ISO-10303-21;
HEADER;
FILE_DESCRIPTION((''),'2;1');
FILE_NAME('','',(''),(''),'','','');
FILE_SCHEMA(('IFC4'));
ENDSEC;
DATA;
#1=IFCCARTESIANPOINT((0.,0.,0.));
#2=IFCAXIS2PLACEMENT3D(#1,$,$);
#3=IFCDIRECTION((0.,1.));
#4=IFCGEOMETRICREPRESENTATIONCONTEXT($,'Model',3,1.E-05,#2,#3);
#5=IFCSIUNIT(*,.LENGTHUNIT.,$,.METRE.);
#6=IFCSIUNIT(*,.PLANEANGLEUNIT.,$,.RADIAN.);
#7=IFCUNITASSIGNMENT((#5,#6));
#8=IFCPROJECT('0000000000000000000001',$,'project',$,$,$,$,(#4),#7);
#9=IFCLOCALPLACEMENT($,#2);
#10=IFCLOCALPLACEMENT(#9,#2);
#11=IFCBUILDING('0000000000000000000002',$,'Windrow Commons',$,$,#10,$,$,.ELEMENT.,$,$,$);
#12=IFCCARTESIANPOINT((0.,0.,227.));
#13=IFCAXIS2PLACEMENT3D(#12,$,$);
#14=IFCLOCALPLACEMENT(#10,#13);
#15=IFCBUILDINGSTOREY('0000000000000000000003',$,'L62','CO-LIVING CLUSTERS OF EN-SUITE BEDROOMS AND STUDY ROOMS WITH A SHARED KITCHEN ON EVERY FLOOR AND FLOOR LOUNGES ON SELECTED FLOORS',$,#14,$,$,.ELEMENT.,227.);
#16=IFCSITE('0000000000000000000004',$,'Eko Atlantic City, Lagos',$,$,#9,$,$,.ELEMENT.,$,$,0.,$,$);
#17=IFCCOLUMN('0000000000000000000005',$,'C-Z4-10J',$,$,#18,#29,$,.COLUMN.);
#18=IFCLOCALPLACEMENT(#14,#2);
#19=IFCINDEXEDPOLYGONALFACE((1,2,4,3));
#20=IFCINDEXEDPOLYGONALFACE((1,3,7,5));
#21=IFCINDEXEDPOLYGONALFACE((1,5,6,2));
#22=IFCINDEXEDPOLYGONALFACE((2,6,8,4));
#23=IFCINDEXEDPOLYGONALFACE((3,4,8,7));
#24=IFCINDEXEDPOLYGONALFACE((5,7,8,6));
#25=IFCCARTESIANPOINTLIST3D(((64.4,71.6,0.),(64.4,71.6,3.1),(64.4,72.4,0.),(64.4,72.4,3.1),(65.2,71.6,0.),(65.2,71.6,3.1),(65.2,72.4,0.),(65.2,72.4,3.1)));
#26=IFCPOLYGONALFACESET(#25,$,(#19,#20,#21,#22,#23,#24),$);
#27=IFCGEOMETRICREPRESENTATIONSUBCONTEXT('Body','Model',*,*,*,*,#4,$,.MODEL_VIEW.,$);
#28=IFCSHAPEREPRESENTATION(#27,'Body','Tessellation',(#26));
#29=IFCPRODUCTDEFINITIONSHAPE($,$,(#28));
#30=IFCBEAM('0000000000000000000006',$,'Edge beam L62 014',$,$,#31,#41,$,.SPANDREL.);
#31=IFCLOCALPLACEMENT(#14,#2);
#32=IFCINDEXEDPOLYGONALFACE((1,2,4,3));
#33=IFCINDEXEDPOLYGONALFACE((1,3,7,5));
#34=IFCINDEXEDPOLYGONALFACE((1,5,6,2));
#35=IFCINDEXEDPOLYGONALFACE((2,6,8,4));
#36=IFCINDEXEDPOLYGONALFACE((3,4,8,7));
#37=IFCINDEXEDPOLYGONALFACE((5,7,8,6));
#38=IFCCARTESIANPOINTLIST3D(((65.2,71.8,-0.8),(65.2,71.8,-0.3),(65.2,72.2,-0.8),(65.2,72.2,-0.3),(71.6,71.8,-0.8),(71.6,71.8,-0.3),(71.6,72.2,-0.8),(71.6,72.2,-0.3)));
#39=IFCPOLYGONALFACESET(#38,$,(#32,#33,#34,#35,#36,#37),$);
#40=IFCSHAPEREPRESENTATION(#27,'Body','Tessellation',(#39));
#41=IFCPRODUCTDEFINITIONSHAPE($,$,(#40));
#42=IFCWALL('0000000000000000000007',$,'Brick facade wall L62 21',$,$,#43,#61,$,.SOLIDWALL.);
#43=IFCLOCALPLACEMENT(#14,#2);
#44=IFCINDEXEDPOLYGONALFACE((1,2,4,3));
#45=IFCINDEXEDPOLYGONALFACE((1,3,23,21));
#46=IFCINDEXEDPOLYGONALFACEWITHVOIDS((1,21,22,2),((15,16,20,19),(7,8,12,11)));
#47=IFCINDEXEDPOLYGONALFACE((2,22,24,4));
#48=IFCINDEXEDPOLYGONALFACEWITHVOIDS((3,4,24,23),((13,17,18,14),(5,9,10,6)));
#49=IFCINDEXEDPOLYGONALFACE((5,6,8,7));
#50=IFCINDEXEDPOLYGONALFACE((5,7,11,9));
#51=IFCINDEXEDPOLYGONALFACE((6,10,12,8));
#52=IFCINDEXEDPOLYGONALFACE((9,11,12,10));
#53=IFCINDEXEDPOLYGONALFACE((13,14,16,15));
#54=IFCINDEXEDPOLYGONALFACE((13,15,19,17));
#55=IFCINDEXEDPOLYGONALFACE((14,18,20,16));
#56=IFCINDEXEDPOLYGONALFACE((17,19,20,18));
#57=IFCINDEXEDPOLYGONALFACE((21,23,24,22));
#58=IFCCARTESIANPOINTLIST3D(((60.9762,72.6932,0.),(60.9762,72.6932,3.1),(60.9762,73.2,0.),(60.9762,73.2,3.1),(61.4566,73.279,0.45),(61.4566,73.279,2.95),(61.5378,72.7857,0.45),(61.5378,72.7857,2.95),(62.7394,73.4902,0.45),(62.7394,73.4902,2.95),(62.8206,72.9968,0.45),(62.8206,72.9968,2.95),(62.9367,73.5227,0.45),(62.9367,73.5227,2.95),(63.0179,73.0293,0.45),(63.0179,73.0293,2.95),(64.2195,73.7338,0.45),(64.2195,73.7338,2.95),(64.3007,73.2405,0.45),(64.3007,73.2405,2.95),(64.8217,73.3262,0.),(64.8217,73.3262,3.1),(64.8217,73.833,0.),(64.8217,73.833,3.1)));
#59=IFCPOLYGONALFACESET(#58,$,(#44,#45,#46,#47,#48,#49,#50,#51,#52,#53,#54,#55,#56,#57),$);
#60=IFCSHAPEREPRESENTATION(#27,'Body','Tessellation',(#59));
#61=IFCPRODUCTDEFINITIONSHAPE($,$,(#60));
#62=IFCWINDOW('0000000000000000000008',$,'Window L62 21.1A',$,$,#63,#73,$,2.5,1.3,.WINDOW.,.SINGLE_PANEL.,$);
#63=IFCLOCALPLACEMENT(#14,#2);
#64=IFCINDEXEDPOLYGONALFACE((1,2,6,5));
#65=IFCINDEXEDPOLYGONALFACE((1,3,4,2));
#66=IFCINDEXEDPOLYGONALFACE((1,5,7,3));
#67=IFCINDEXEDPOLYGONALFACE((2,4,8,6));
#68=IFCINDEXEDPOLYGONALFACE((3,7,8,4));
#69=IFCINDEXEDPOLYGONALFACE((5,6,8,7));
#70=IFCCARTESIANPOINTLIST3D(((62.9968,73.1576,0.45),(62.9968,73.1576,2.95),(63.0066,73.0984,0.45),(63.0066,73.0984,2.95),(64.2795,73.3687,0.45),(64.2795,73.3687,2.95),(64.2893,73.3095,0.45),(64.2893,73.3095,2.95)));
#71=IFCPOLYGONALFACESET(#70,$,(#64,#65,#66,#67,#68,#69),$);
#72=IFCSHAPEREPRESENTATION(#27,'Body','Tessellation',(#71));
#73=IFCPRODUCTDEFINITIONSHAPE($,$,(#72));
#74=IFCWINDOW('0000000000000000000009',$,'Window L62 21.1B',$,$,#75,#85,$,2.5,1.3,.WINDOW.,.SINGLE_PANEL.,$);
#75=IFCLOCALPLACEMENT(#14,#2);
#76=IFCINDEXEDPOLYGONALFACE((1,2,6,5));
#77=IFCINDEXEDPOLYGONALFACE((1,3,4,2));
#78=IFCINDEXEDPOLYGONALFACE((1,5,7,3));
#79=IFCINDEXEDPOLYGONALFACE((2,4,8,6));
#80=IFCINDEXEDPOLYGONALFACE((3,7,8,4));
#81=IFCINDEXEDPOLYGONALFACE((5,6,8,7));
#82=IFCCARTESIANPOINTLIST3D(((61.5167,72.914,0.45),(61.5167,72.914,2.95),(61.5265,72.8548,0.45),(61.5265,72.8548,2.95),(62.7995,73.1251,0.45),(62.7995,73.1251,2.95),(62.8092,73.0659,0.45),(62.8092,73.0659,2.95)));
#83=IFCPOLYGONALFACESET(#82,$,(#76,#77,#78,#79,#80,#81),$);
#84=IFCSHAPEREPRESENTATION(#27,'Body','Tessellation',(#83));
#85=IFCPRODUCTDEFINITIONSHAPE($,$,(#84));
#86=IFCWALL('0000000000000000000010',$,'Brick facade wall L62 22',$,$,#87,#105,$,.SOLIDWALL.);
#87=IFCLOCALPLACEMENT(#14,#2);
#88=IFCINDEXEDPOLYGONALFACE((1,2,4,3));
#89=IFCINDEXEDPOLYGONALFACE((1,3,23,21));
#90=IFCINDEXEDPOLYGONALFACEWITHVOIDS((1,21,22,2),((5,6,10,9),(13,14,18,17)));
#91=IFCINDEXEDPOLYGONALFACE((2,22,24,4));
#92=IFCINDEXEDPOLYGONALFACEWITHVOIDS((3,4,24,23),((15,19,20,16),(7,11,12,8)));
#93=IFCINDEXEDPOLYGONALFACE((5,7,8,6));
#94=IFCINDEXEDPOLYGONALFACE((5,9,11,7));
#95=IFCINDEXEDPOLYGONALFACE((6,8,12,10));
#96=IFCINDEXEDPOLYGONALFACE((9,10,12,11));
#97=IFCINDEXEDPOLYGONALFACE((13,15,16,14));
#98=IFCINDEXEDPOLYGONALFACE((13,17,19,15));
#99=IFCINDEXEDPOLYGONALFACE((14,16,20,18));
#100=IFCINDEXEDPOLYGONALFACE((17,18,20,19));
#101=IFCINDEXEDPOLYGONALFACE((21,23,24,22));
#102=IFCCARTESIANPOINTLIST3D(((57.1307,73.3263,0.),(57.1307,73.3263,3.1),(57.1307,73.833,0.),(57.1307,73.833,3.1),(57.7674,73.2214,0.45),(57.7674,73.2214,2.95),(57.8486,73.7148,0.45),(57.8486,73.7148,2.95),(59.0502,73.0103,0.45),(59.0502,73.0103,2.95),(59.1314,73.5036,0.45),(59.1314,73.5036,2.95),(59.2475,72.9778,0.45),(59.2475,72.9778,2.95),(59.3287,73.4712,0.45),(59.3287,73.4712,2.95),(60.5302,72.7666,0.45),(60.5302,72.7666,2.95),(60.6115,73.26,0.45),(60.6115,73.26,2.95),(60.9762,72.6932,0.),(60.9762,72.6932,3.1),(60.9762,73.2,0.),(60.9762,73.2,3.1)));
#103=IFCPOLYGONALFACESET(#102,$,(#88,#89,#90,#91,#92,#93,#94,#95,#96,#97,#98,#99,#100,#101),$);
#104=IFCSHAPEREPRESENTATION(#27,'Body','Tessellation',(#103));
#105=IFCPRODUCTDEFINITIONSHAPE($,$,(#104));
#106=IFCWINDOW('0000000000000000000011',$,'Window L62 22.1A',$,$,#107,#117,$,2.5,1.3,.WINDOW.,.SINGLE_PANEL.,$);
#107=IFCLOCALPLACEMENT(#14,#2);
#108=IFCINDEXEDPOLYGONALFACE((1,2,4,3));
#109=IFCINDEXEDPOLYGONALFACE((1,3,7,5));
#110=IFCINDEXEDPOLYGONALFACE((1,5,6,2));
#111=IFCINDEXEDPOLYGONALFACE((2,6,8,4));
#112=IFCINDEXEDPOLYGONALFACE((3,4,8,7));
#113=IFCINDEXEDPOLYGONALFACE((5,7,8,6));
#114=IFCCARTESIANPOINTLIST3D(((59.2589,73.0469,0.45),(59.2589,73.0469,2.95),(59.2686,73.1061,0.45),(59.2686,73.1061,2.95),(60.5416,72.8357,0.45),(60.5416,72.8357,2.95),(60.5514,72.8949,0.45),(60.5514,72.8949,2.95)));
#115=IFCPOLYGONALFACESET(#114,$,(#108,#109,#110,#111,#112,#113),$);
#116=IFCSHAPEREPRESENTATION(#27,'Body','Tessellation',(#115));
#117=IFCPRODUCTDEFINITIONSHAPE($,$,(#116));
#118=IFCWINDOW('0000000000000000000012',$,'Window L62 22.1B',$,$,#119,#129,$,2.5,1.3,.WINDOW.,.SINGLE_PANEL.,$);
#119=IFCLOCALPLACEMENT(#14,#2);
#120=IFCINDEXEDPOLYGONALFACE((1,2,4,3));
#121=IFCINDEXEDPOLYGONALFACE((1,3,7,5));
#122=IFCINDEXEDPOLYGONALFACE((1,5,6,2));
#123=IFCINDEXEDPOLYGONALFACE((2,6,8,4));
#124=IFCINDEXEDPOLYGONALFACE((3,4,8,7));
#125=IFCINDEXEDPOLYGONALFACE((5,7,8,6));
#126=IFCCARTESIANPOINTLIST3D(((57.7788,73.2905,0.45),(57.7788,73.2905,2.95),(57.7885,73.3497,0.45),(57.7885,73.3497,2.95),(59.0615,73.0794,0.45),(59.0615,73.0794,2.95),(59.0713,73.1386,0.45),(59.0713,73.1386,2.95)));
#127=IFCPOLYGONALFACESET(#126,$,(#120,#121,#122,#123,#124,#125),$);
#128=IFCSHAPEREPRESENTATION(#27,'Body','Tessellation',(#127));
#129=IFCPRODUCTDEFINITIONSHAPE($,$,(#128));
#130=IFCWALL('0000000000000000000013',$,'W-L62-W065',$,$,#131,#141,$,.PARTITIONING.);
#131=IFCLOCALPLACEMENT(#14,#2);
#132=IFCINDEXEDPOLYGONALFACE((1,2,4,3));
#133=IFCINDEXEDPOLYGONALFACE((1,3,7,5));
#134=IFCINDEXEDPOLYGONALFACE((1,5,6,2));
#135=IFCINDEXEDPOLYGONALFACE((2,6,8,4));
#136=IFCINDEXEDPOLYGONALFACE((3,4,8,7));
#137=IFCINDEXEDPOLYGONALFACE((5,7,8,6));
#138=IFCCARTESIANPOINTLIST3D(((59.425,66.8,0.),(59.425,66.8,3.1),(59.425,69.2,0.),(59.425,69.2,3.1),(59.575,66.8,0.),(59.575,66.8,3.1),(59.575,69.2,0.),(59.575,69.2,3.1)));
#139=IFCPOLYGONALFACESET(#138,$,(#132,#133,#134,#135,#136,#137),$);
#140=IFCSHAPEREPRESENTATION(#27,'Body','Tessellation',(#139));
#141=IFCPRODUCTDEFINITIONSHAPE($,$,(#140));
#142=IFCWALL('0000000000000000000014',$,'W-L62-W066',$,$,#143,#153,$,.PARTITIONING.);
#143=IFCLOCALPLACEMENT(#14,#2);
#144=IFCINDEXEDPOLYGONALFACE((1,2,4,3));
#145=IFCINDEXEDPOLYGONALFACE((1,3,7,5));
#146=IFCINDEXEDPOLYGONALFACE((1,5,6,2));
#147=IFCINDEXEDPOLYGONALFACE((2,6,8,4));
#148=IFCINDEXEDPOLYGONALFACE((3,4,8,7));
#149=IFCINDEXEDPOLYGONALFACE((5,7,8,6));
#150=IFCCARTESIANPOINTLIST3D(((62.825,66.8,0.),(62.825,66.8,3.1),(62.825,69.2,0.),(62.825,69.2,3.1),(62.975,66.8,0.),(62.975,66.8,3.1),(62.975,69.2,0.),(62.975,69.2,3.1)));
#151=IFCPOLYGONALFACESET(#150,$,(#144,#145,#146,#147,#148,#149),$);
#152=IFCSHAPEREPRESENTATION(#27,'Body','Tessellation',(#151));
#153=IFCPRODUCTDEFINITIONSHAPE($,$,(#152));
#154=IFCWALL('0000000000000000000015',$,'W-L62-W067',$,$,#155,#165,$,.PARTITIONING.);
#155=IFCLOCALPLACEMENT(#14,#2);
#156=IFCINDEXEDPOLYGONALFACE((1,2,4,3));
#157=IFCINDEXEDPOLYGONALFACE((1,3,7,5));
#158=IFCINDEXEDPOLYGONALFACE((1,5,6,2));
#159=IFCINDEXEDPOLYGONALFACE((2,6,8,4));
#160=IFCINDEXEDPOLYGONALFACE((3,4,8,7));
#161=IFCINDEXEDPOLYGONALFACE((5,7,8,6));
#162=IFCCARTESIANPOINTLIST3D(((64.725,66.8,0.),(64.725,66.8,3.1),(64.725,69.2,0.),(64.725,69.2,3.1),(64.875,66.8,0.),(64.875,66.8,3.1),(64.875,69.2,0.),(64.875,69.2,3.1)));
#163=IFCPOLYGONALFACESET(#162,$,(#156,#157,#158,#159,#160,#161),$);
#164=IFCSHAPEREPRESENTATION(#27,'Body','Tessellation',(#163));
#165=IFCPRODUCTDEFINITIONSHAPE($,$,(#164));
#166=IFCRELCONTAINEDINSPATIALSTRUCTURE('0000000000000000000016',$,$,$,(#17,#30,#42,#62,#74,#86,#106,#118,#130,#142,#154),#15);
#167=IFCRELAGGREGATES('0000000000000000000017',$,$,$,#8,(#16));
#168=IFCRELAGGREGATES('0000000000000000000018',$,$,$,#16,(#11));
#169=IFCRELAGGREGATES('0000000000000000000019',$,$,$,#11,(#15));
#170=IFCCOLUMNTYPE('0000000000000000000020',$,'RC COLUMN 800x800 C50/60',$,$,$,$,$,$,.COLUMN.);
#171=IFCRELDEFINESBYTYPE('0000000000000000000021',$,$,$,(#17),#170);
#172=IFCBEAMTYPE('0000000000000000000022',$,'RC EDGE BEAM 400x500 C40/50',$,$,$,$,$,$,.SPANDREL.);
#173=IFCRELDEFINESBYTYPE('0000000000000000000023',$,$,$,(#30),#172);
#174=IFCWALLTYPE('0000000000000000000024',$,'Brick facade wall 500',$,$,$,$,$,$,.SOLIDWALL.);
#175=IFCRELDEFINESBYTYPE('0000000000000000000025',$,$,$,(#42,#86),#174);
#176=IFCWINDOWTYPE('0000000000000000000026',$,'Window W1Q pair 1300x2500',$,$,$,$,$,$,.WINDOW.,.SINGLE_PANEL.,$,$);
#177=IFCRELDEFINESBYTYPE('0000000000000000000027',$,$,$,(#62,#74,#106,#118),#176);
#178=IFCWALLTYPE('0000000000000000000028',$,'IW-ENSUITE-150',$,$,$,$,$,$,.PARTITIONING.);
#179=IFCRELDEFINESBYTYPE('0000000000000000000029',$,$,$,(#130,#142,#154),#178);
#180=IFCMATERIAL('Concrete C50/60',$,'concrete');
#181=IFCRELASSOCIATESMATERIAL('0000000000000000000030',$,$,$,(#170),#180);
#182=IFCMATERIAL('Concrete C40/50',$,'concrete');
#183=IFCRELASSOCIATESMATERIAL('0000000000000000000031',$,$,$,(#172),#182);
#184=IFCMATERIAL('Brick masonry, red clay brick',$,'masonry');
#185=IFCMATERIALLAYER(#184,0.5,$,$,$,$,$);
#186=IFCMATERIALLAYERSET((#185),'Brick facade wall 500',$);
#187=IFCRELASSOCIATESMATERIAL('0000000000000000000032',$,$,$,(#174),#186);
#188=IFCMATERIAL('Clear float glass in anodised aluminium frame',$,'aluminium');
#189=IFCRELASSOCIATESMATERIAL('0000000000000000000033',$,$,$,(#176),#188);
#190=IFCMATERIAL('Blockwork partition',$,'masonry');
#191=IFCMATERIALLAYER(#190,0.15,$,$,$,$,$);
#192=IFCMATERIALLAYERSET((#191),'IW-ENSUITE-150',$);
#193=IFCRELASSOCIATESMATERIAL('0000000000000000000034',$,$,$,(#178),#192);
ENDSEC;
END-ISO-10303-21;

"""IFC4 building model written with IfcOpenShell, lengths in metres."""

from ifc_helpers import new_model, si_unit, direction, frame, frame_2d, origin, origin_2d, place, context, subcontext, project, spatial, polyline, rectangle, outline, extrude, material, layer, layer_set, material_profile, profile_set, type_object, element, fill, save


model = new_model("IFC4")

# Units and contexts
model_context = context("Model", 3, precision=1e-05, world=origin(), true_north=direction((0.0, 1.0)))
body_context = subcontext(model_context, "Body", "Model", "MODEL_VIEW")
ifc_project = project(units=[si_unit("LENGTHUNIT", "METRE"), si_unit("PLANEANGLEUNIT", "RADIAN")], contexts=[model_context])

# Site, building, storey
site_placement = place(None, origin())
site = spatial("IfcSite", under=ifc_project, at=site_placement, Name="Eko Atlantic City, Lagos", CompositionType="ELEMENT", RefElevation=0.0)
building_placement = place(site_placement, origin())
building = spatial("IfcBuilding", under=site, at=building_placement, Name="Windrow Commons", CompositionType="ELEMENT")
storey_placement = place(building_placement, frame((0.0, 0.0, 227.0)))
storey = spatial("IfcBuildingStorey", under=building, at=storey_placement, Name="L62", Description="CO-LIVING CLUSTERS OF EN-SUITE BEDROOMS AND STUDY ROOMS WITH A SHARED KITCHEN ON EVERY FLOOR AND FLOOR LOUNGES ON SELECTED FLOORS", CompositionType="ELEMENT", Elevation=227.0)

# Column
ifc_material_1 = material(Name="Concrete C50/60", Category="concrete")
ifc_material_profile_1 = material_profile(ifc_material_1, rectangle(XDim=0.8, YDim=0.8, at=origin_2d()))
ifc_profile_set_1 = profile_set([ifc_material_profile_1], Name="Concrete C50/60")
column_type = type_object("IfcColumnType", Name="RC COLUMN 800x800 C50/60", PredefinedType="COLUMN", material=ifc_profile_set_1)
column_placement = place(storey_placement, frame((64.8, 72.0, 0.0), z_axis=(0.0, 0.0, 1.0), x_axis=(1.0, 0.0, 0.0)))
element("IfcColumn", 1, at=column_placement, inside=storey, type_object=column_type, Name="C-Z4-10J", PredefinedType="COLUMN", context=body_context, shape_type="SweptSolid", body=[
    extrude(rectangle(XDim=0.8, YDim=0.8, at=origin_2d()), origin(), (0.0, 0.0, 1.0), 3.1),
])

# Beam
ifc_material_2 = material(Name="Concrete C40/50", Category="concrete")
ifc_material_profile_2 = material_profile(ifc_material_2, rectangle(XDim=0.4, YDim=0.5, at=origin_2d()))
ifc_profile_set_2 = profile_set([ifc_material_profile_2], Name="Concrete C40/50")
beam_type = type_object("IfcBeamType", Name="RC EDGE BEAM 400x500 C40/50", PredefinedType="SPANDREL", material=ifc_profile_set_2)
beam_placement = place(storey_placement, frame((65.2, 72.0, -0.55), z_axis=(1.0, 0.0, 0.0), x_axis=(0.0, 1.0, 0.0)))
element("IfcBeam", 2, at=beam_placement, inside=storey, type_object=beam_type, Name="Edge beam L62 014", PredefinedType="SPANDREL", context=body_context, shape_type="SweptSolid", body=[
    extrude(rectangle(XDim=0.4, YDim=0.5, at=origin_2d()), origin(), (0.0, 0.0, 1.0), 6.4),
])

# Walls, openings, windows
ifc_material_3 = material(Name="Brick masonry, red clay brick", Category="masonry")
ifc_layer_1 = layer(ifc_material_3, 0.5)
ifc_layer_set_1 = layer_set([ifc_layer_1], Name="Brick facade wall 500")
wall_type_1 = type_object("IfcWallType", Name="Brick facade wall 500", PredefinedType="SOLIDWALL", material=ifc_layer_set_1)
wall_1_placement = place(storey_placement, frame((64.8217, 73.5796, 0.0), z_axis=(0.0, 0.0, 1.0), x_axis=(-0.986721, -0.162422, 0.0)))
wall_1 = element("IfcWall", 3, at=wall_1_placement, inside=storey, type_object=wall_type_1, Name="Brick facade wall L62 21", PredefinedType="SOLIDWALL", context=body_context, shape_type="SweptSolid", body=[
    extrude(outline(polyline([(-0.0412, -0.25), (3.8561, -0.25), (3.9384, 0.25), (0.0412, 0.25), (-0.0412, -0.25)])), origin(), (0.0, 0.0, 1.0), 3.1),
])
opening_1_placement = place(wall_1_placement, frame((0.5692, 0.0, 0.45)))
opening_1 = element("IfcOpeningElement", 4, at=opening_1_placement, cuts=wall_1, PredefinedType="OPENING", context=body_context, shape_type="SweptSolid", body=[
    extrude(rectangle(XDim=1.3, YDim=2.5, at=frame_2d((0.65, 1.25))), frame((0.0, 0.26, 0.0), z_axis=(0.0, -1.0, 0.0), x_axis=(1.0, 0.0, 0.0)), (0.0, 0.0, 1.0), 0.52),
])
opening_2_placement = place(wall_1_placement, frame((2.0692, 0.0, 0.45)))
opening_2 = element("IfcOpeningElement", 5, at=opening_2_placement, cuts=wall_1, PredefinedType="OPENING", context=body_context, shape_type="SweptSolid", body=[
    extrude(rectangle(XDim=1.3, YDim=2.5, at=frame_2d((0.65, 1.25))), frame((0.0, 0.26, 0.0), z_axis=(0.0, -1.0, 0.0), x_axis=(1.0, 0.0, 0.0)), (0.0, 0.0, 1.0), 0.52),
])
ifc_material_4 = material(Name="Clear float glass in anodised aluminium frame", Category="aluminium")
window_type = type_object("IfcWindowType", Name="Window W1Q pair 1300x2500", PartitioningType="SINGLE_PANEL", PredefinedType="WINDOW", material=ifc_material_4)
window_1_placement = place(opening_1_placement, origin())
window_1 = element("IfcWindow", 6, at=window_1_placement, inside=storey, type_object=window_type, Name="Window L62 21.1A", OverallHeight=2.5, OverallWidth=1.3, PartitioningType="SINGLE_PANEL", PredefinedType="WINDOW", context=body_context, shape_type="SweptSolid", body=[
    extrude(rectangle(XDim=1.3, YDim=2.5, at=frame_2d((0.65, 1.25))), frame((0.0, 0.18, 0.0), z_axis=(0.0, -1.0, 0.0), x_axis=(1.0, 0.0, 0.0)), (0.0, 0.0, 1.0), 0.06),
])
fill(opening_1, window_1)
window_2_placement = place(opening_2_placement, origin())
window_2 = element("IfcWindow", 7, at=window_2_placement, inside=storey, type_object=window_type, Name="Window L62 21.1B", OverallHeight=2.5, OverallWidth=1.3, PartitioningType="SINGLE_PANEL", PredefinedType="WINDOW", context=body_context, shape_type="SweptSolid", body=[
    extrude(rectangle(XDim=1.3, YDim=2.5, at=frame_2d((0.65, 1.25))), frame((0.0, 0.18, 0.0), z_axis=(0.0, -1.0, 0.0), x_axis=(1.0, 0.0, 0.0)), (0.0, 0.0, 1.0), 0.06),
])
fill(opening_2, window_2)
wall_2_placement = place(storey_placement, frame((60.9762, 72.9466, 0.0), z_axis=(0.0, 0.0, 1.0), x_axis=(-0.986721, 0.162426, 0.0)))
wall_2 = element("IfcWall", 8, at=wall_2_placement, inside=storey, type_object=wall_type_1, Name="Brick facade wall L62 22", PredefinedType="SOLIDWALL", context=body_context, shape_type="SweptSolid", body=[
    extrude(outline(polyline([(0.0412, -0.25), (3.9384, -0.25), (3.8561, 0.25), (-0.0412, 0.25), (0.0412, -0.25)])), origin(), (0.0, 0.0, 1.0), 3.1),
])
opening_3_placement = place(wall_2_placement, frame((0.4108, 0.0, 0.45)))
opening_3 = element("IfcOpeningElement", 9, at=opening_3_placement, cuts=wall_2, PredefinedType="OPENING", context=body_context, shape_type="SweptSolid", body=[
    extrude(rectangle(XDim=1.3, YDim=2.5, at=frame_2d((0.65, 1.25))), frame((0.0, 0.26, 0.0), z_axis=(0.0, -1.0, 0.0), x_axis=(1.0, 0.0, 0.0)), (0.0, 0.0, 1.0), 0.52),
])
opening_4_placement = place(wall_2_placement, frame((1.9108, 0.0, 0.45)))
opening_4 = element("IfcOpeningElement", 10, at=opening_4_placement, cuts=wall_2, PredefinedType="OPENING", context=body_context, shape_type="SweptSolid", body=[
    extrude(rectangle(XDim=1.3, YDim=2.5, at=frame_2d((0.65, 1.25))), frame((0.0, 0.26, 0.0), z_axis=(0.0, -1.0, 0.0), x_axis=(1.0, 0.0, 0.0)), (0.0, 0.0, 1.0), 0.52),
])
window_3_placement = place(opening_3_placement, origin())
window_3 = element("IfcWindow", 11, at=window_3_placement, inside=storey, type_object=window_type, Name="Window L62 22.1A", OverallHeight=2.5, OverallWidth=1.3, PartitioningType="SINGLE_PANEL", PredefinedType="WINDOW", context=body_context, shape_type="SweptSolid", body=[
    extrude(rectangle(XDim=1.3, YDim=2.5, at=frame_2d((0.65, 1.25))), frame((0.0, 0.18, 0.0), z_axis=(0.0, -1.0, 0.0), x_axis=(1.0, 0.0, 0.0)), (0.0, 0.0, 1.0), 0.06),
])
fill(opening_3, window_3)
window_4_placement = place(opening_4_placement, origin())
window_4 = element("IfcWindow", 12, at=window_4_placement, inside=storey, type_object=window_type, Name="Window L62 22.1B", OverallHeight=2.5, OverallWidth=1.3, PartitioningType="SINGLE_PANEL", PredefinedType="WINDOW", context=body_context, shape_type="SweptSolid", body=[
    extrude(rectangle(XDim=1.3, YDim=2.5, at=frame_2d((0.65, 1.25))), frame((0.0, 0.18, 0.0), z_axis=(0.0, -1.0, 0.0), x_axis=(1.0, 0.0, 0.0)), (0.0, 0.0, 1.0), 0.06),
])
fill(opening_4, window_4)

# Walls
ifc_material_5 = material(Name="Blockwork partition", Category="masonry")
ifc_layer_2 = layer(ifc_material_5, 0.15)
ifc_layer_set_2 = layer_set([ifc_layer_2], Name="IW-ENSUITE-150")
wall_type_2 = type_object("IfcWallType", Name="IW-ENSUITE-150", PredefinedType="PARTITIONING", material=ifc_layer_set_2)
for number, where, z_axis, x_axis, name in (
    (13, (59.5, 66.8, 0.0), (0.0, 0.0, 1.0), (0.0, 1.0, 0.0), "W-L62-W065"),
    (14, (62.9, 66.8, 0.0), (0.0, 0.0, 1.0), (0.0, 1.0, 0.0), "W-L62-W066"),
    (15, (64.8, 66.8, 0.0), (0.0, 0.0, 1.0), (0.0, 1.0, 0.0), "W-L62-W067"),
):
    element("IfcWall", number, at=place(storey_placement, frame(where, z_axis=z_axis, x_axis=x_axis)), inside=storey, type_object=wall_type_2, Name=name, PredefinedType="PARTITIONING", context=body_context, shape_type="SweptSolid", body=[
        extrude(rectangle(XDim=2.4, YDim=0.15, at=frame_2d((1.2, 0.0))), origin(), (0.0, 0.0, 1.0), 3.1),
    ])

save(model, "model.ifc")
